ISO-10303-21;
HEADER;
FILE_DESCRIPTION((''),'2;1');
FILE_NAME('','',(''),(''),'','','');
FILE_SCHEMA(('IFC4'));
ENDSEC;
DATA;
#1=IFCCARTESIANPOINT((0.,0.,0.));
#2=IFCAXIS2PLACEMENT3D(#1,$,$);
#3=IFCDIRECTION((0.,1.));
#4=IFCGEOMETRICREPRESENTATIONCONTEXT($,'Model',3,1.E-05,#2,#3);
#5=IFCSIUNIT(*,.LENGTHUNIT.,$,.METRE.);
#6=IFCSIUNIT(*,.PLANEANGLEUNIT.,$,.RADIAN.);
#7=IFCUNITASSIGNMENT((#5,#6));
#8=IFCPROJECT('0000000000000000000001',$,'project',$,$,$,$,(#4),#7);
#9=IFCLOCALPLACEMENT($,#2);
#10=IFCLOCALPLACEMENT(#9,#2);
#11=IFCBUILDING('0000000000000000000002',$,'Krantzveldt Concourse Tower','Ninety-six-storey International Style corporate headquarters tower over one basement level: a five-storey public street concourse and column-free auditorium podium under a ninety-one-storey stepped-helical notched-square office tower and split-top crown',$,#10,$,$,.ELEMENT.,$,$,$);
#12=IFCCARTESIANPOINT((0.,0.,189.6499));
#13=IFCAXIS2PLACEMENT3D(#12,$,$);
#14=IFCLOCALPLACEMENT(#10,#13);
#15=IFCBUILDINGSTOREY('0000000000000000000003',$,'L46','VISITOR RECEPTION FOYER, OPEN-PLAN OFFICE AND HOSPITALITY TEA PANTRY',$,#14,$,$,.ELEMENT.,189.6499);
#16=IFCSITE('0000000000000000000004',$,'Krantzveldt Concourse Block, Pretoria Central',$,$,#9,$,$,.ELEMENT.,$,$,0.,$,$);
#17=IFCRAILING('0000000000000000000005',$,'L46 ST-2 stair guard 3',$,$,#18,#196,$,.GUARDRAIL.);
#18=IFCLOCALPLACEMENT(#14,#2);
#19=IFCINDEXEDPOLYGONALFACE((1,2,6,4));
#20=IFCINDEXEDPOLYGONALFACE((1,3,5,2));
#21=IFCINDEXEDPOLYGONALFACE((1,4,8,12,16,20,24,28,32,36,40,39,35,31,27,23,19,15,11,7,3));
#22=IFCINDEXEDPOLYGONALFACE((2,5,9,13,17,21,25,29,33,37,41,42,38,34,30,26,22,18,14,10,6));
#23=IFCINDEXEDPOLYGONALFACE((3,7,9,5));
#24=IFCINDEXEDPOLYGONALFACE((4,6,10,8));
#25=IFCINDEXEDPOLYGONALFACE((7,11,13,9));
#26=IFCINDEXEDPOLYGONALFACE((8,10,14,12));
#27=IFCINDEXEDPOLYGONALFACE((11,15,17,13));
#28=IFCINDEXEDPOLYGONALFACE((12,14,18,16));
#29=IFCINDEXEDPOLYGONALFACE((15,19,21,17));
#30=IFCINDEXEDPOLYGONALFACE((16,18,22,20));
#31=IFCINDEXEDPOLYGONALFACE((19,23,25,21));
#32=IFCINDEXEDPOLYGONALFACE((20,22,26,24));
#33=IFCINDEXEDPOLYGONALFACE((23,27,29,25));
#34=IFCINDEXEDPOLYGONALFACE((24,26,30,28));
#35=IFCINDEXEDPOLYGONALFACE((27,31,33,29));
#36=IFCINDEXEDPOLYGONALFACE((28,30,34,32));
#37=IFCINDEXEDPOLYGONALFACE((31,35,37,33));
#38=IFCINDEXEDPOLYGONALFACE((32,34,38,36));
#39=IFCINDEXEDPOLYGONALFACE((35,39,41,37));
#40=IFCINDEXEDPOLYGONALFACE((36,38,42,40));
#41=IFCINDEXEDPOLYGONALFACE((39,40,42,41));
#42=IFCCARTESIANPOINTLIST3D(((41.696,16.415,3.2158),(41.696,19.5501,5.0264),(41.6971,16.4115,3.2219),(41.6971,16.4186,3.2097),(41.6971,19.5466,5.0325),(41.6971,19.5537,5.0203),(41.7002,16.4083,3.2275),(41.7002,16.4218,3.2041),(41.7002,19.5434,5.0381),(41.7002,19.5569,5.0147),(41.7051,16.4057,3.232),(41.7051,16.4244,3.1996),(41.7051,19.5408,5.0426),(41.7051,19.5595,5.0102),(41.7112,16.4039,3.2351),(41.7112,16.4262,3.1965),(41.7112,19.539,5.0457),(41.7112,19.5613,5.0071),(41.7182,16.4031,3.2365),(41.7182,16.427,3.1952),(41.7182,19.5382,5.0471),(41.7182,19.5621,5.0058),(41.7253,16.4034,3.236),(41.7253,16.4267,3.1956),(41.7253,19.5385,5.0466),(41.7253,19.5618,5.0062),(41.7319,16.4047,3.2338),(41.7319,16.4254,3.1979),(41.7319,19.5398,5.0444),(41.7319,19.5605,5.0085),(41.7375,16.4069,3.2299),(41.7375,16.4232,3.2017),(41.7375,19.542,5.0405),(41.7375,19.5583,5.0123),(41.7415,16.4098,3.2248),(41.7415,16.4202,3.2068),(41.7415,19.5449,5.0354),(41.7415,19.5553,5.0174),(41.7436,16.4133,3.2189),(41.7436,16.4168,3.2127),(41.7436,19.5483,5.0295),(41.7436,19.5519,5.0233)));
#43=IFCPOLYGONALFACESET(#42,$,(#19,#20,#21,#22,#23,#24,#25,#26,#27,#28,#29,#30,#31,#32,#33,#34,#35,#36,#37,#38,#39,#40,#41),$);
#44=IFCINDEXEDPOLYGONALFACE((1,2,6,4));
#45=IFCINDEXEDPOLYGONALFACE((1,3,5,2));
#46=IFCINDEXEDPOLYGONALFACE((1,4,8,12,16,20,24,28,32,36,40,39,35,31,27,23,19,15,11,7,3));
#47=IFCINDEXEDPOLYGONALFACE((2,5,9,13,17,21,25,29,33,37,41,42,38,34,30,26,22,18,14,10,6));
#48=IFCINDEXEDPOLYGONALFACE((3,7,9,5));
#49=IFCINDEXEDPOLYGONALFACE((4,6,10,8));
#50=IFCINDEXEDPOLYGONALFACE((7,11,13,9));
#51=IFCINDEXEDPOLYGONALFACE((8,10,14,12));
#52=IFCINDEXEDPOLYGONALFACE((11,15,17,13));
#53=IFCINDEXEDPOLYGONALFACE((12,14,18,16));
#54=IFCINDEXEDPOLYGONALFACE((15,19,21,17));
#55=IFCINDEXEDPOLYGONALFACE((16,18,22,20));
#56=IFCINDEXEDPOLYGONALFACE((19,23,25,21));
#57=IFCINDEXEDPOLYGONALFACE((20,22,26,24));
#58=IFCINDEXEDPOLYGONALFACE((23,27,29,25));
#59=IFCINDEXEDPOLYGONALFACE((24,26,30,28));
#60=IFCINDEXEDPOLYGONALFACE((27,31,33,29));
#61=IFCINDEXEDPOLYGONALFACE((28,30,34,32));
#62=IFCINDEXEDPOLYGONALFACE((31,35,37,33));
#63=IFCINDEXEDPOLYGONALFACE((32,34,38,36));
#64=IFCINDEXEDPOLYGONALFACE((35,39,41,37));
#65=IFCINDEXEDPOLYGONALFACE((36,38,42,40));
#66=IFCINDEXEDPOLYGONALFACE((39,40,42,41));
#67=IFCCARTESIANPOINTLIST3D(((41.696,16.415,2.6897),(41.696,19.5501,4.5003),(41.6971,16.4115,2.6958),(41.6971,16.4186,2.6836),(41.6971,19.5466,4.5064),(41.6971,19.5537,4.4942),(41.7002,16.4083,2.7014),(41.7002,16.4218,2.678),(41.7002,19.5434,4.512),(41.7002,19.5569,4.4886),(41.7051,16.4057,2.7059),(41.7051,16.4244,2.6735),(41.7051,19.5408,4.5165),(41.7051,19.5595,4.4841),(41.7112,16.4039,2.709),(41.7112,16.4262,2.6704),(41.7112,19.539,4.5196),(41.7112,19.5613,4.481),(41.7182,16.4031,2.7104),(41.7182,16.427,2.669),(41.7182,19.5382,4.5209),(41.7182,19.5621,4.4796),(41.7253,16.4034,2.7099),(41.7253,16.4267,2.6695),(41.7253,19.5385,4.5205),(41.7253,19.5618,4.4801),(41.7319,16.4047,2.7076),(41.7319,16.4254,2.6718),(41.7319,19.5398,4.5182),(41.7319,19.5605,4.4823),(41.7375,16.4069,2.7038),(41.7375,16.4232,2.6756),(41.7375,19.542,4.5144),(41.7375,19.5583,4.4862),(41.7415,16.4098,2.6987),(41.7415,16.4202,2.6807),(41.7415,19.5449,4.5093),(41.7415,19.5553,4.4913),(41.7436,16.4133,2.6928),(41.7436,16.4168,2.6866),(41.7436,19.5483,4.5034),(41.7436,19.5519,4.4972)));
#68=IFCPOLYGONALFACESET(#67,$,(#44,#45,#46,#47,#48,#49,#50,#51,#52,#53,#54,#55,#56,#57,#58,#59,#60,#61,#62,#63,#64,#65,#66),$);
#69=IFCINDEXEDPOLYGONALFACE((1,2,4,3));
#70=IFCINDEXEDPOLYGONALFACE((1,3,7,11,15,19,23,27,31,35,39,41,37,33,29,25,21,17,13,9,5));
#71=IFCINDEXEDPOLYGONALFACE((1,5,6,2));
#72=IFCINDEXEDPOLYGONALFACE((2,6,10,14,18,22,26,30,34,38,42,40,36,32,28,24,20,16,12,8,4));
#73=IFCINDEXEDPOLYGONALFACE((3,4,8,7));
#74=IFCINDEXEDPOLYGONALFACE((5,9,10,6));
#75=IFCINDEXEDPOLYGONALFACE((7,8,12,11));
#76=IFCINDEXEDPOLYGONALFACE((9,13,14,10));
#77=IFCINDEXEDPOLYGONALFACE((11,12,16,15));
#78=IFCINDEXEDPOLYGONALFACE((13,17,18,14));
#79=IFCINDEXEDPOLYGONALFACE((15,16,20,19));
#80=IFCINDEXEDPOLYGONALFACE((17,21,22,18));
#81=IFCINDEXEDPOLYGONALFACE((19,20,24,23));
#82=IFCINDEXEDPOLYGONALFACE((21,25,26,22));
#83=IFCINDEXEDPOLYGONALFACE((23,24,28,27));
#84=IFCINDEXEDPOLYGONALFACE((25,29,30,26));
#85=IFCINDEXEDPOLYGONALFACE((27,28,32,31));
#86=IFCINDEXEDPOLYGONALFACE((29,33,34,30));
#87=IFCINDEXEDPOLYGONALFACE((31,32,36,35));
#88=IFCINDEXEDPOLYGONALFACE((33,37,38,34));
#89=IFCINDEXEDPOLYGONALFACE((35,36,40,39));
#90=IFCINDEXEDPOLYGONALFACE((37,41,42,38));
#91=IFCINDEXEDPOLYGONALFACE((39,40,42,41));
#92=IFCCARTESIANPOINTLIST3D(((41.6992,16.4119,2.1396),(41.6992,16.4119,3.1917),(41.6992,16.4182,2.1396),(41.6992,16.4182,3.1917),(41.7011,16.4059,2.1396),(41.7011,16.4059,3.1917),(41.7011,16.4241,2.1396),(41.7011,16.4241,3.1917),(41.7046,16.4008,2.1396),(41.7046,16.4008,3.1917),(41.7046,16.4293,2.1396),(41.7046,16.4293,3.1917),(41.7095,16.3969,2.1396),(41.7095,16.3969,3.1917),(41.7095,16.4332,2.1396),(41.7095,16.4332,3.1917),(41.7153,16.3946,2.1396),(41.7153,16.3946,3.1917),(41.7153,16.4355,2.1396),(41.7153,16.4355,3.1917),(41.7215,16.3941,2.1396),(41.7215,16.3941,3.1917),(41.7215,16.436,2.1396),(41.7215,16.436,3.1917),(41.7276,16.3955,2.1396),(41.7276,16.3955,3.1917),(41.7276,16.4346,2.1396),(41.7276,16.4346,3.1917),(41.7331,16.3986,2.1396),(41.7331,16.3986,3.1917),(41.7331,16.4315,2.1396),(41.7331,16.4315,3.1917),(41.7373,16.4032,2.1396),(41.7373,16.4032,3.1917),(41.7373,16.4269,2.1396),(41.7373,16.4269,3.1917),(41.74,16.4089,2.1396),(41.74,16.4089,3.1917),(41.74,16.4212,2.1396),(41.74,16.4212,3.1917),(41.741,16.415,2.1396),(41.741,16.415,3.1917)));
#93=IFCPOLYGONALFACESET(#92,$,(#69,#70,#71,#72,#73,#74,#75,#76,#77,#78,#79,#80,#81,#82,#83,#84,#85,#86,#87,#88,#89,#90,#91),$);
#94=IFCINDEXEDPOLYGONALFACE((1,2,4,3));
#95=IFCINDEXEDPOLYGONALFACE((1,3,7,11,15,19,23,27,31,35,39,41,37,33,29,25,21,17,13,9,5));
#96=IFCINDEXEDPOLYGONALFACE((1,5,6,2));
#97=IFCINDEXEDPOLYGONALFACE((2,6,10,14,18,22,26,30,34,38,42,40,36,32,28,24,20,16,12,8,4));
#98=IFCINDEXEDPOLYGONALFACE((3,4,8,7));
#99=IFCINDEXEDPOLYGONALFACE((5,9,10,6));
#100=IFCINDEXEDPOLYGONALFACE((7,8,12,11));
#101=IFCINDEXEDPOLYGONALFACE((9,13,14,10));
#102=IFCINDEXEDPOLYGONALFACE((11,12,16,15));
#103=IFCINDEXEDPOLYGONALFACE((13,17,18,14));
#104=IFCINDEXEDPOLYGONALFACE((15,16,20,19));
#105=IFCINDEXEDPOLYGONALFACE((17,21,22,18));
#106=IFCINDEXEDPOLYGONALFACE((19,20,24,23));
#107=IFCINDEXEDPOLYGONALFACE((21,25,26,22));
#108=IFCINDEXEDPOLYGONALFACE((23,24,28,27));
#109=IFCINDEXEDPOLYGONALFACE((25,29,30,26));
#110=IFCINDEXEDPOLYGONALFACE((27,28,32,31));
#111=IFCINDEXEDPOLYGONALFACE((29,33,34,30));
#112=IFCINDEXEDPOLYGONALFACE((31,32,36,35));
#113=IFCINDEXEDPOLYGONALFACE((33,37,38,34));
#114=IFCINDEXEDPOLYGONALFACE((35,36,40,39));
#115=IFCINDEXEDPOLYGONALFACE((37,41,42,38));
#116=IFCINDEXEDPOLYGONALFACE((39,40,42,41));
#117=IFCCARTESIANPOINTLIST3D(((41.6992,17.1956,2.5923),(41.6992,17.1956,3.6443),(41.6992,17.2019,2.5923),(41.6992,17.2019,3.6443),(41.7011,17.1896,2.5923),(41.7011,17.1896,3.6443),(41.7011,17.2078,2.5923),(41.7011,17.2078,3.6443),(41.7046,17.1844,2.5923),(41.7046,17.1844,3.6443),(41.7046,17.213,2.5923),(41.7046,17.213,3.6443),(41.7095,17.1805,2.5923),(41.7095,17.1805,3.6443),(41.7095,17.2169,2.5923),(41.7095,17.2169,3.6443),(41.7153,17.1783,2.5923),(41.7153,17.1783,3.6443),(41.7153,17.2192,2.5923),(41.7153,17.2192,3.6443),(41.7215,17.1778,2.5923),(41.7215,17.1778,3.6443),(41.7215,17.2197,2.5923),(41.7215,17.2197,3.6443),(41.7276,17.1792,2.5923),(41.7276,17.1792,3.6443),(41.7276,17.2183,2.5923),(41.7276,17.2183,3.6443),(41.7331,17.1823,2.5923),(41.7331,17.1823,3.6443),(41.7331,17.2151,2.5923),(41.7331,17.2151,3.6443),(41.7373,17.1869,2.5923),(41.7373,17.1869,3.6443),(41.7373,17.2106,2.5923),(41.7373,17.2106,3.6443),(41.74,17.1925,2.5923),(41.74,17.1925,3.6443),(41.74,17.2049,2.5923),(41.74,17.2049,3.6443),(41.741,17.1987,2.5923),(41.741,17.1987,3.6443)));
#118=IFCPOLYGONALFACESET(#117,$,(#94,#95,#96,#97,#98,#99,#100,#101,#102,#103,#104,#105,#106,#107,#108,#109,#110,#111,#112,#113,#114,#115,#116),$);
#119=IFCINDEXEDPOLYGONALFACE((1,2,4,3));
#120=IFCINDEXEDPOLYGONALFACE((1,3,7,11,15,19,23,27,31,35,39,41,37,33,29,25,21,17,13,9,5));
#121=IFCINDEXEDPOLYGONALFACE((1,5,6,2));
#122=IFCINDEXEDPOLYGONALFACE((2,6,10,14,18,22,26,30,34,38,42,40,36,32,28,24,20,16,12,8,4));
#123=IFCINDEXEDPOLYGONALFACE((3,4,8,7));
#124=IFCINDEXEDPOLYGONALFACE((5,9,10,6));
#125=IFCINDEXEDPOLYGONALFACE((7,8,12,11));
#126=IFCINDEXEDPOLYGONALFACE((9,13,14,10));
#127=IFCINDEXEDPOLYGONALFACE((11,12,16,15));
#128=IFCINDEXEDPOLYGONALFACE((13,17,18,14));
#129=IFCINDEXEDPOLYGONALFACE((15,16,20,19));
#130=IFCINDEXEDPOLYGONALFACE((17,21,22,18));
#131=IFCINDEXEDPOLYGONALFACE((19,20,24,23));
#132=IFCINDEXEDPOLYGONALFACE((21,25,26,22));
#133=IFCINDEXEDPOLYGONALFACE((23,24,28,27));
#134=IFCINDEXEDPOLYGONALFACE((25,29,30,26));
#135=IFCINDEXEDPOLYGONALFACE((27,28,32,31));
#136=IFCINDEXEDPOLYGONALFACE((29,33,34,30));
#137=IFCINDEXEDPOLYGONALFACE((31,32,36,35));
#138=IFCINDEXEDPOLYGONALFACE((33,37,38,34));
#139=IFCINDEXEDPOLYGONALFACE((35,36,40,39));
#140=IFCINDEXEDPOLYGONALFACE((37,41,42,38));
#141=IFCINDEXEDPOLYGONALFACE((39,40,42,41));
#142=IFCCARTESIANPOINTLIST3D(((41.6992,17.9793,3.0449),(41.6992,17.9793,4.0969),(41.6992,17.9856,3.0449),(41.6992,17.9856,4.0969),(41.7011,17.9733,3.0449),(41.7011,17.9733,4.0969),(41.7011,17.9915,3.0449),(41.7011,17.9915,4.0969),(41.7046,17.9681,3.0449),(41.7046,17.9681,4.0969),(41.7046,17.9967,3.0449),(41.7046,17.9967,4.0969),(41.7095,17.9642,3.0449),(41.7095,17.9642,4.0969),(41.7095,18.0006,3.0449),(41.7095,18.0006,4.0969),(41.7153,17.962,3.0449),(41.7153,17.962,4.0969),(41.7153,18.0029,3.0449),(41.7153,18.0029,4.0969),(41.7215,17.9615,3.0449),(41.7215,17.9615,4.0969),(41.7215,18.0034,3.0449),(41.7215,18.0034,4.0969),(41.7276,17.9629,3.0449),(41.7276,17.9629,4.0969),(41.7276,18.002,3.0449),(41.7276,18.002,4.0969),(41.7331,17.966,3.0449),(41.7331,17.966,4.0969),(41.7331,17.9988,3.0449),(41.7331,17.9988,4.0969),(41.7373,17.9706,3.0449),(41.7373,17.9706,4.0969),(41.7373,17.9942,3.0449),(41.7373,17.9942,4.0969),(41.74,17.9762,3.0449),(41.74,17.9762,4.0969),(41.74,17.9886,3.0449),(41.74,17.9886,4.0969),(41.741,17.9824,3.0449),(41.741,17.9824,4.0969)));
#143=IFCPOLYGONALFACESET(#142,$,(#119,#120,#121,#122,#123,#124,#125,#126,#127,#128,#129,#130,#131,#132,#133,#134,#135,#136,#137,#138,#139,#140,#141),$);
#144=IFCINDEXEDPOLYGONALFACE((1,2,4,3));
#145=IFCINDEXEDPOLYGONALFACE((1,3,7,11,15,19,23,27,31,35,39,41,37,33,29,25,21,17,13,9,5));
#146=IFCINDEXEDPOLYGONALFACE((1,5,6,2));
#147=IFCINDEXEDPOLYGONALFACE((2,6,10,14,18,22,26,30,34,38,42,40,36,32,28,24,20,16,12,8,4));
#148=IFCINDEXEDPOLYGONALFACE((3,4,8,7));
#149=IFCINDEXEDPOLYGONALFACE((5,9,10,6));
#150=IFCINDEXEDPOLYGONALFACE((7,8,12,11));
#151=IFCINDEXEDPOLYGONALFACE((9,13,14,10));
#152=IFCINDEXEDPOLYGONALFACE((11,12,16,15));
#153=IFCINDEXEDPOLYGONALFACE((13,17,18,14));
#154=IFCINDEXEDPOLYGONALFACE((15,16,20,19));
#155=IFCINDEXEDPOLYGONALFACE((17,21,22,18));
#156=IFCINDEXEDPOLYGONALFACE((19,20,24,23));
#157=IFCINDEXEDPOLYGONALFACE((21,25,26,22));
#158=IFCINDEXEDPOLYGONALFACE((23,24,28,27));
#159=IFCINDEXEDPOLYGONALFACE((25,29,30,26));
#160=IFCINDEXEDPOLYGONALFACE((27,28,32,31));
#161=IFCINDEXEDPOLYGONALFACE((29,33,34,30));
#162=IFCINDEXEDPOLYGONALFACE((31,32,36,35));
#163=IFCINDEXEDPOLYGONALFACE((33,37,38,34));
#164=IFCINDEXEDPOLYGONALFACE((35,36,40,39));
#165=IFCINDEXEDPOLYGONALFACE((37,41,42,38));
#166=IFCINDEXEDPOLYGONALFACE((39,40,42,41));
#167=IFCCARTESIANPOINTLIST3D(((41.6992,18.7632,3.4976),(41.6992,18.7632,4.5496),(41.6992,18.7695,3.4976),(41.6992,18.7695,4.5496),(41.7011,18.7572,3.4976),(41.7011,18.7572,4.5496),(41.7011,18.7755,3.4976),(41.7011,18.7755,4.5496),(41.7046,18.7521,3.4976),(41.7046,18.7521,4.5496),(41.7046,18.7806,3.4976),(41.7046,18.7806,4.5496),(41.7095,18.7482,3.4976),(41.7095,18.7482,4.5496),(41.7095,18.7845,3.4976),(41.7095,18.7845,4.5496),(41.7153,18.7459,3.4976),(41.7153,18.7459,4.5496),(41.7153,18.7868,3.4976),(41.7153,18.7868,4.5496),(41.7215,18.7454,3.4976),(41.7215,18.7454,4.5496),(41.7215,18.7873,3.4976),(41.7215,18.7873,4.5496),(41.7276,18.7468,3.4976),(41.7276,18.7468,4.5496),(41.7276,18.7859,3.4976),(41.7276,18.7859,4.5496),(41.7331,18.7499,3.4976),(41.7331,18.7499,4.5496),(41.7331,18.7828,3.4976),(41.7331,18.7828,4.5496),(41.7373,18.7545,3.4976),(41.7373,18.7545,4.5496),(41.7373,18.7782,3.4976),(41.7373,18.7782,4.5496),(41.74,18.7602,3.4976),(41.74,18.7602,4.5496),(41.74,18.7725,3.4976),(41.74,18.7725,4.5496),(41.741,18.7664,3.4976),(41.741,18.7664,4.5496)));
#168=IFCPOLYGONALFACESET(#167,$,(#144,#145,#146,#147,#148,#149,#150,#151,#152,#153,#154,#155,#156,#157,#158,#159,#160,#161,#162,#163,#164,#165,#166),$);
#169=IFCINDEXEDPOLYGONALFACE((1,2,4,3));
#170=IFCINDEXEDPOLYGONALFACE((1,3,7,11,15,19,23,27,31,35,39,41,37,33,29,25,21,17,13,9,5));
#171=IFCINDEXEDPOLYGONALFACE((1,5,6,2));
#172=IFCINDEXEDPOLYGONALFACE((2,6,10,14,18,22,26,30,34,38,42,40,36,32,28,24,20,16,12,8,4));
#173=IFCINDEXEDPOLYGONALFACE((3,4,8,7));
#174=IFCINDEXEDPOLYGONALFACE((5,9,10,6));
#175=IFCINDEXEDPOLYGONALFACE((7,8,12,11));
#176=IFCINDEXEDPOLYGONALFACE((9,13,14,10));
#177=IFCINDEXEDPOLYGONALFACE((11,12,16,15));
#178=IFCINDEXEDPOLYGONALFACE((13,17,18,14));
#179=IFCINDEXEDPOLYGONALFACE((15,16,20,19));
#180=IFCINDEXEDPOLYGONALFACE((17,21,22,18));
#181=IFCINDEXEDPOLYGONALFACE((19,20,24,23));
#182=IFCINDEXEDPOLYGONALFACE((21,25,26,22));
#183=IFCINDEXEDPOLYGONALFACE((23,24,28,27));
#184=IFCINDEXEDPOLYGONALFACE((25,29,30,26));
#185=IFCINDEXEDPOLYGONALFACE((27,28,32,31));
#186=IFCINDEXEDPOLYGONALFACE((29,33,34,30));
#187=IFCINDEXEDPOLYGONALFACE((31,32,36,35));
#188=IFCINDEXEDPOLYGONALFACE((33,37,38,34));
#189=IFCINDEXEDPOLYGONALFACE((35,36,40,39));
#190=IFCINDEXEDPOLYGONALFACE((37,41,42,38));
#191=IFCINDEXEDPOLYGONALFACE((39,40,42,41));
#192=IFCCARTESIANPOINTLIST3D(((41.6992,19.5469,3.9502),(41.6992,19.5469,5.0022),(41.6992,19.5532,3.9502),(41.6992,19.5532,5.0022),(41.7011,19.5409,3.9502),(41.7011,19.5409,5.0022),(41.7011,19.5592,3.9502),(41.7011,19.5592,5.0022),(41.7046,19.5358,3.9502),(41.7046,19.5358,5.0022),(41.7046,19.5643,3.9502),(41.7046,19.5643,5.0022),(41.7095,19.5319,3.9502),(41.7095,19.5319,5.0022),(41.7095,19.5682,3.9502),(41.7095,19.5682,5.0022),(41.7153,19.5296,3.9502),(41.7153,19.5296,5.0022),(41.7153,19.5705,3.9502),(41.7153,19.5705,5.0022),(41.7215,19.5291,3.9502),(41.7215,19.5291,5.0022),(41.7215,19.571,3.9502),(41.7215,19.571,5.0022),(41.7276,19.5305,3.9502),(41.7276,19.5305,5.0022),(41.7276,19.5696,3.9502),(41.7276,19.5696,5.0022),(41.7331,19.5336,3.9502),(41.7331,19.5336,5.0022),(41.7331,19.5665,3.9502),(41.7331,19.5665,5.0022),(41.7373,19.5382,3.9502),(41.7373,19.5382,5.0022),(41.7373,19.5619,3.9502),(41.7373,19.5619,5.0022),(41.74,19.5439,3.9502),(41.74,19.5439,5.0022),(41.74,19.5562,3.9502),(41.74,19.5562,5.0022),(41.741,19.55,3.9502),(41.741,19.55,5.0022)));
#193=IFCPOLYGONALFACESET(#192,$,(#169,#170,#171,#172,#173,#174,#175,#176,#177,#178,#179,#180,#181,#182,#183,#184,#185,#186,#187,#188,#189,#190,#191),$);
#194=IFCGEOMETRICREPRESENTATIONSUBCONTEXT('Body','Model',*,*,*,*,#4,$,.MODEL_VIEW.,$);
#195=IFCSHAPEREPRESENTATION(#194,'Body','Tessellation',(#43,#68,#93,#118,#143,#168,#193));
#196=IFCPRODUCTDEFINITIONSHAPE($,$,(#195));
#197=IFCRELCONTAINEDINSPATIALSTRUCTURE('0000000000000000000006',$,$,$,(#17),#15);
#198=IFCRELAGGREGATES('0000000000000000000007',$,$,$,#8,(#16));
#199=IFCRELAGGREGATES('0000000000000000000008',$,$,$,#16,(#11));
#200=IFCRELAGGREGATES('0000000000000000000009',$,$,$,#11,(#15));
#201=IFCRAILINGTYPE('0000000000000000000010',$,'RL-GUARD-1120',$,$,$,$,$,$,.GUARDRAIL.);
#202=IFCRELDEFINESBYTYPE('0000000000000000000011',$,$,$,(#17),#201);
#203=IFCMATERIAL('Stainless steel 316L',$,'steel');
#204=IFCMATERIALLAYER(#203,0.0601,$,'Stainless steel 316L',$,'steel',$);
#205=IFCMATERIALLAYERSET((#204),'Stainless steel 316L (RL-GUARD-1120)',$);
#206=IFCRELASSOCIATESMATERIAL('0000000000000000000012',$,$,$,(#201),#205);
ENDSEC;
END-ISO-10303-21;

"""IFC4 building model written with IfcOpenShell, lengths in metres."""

from ifc_helpers import new_model, si_unit, direction, frame, origin, origin_2d, place, context, subcontext, project, spatial, circle, extrude, material, layer, layer_set, type_object, element, save


model = new_model("IFC4")

# Units and contexts
model_context = context("Model", 3, precision=1e-05, world=origin(), true_north=direction((0.0, 1.0)))
body_context = subcontext(model_context, "Body", "Model", "MODEL_VIEW")
ifc_project = project(units=[si_unit("LENGTHUNIT", "METRE"), si_unit("PLANEANGLEUNIT", "RADIAN")], contexts=[model_context])

# Site, building, storey
site_placement = place(None, origin())
site = spatial("IfcSite", under=ifc_project, at=site_placement, Name="Krantzveldt Concourse Block, Pretoria Central", CompositionType="ELEMENT", RefElevation=0.0)
building_placement = place(site_placement, origin())
building = spatial("IfcBuilding", under=site, at=building_placement, Name="Krantzveldt Concourse Tower", Description="Ninety-six-storey International Style corporate headquarters tower over one basement level: a five-storey public street concourse and column-free auditorium podium under a ninety-one-storey stepped-helical notched-square office tower and split-top crown", CompositionType="ELEMENT")
storey_placement = place(building_placement, frame((0.0, 0.0, 189.6499)))
storey = spatial("IfcBuildingStorey", under=building, at=storey_placement, Name="L46", Description="VISITOR RECEPTION FOYER, OPEN-PLAN OFFICE AND HOSPITALITY TEA PANTRY", CompositionType="ELEMENT", Elevation=189.6499)

# Shared definitions
ifc_material_1 = material(Name="Stainless steel 316L", Category="steel")

# Railing
ifc_layer_1 = layer(ifc_material_1, 0.0601, Name="Stainless steel 316L", Category="steel")
ifc_layer_set_1 = layer_set([ifc_layer_1], Name="Stainless steel 316L (RL-GUARD-1120)")
railing_type_1 = type_object("IfcRailingType", Name="RL-GUARD-1120", PredefinedType="GUARDRAIL", material=ifc_layer_set_1)
railing_1_placement = place(storey_placement, frame((41.72, 16.415, 2.1396)))
element("IfcRailing", 1, at=railing_1_placement, inside=storey, type_object=railing_type_1, Name="L46 ST-2 stair guard 3", PredefinedType="GUARDRAIL", context=body_context, shape_type="SweptSolid", body=[
    extrude(circle(Radius=0.0239, at=origin_2d()), frame((0.0, 0.0, 1.0762), z_axis=(0.0, 0.86596, 0.500114), x_axis=(-1.0, 0.0, 0.0)), (0.0, 0.0, 1.0), 3.6204),
    extrude(circle(Radius=0.0239, at=origin_2d()), frame((0.0, 0.0, 0.55), z_axis=(0.0, 0.86596, 0.500114), x_axis=(-1.0, 0.0, 0.0)), (0.0, 0.0, 1.0), 3.6204),
    extrude(circle(Radius=0.021, at=origin_2d()), origin(), (0.0, 0.0, 1.0), 1.052),
    extrude(circle(Radius=0.021, at=origin_2d()), frame((0.0, 0.7837, 0.4526)), (0.0, 0.0, 1.0), 1.052),
    extrude(circle(Radius=0.021, at=origin_2d()), frame((0.0, 1.5674, 0.9053)), (0.0, 0.0, 1.0), 1.052),
    extrude(circle(Radius=0.021, at=origin_2d()), frame((0.0, 2.3513, 1.3579)), (0.0, 0.0, 1.0), 1.052),
    extrude(circle(Radius=0.021, at=origin_2d()), frame((0.0, 3.135, 1.8105)), (0.0, 0.0, 1.0), 1.052),
])

save(model, "model.ifc")
